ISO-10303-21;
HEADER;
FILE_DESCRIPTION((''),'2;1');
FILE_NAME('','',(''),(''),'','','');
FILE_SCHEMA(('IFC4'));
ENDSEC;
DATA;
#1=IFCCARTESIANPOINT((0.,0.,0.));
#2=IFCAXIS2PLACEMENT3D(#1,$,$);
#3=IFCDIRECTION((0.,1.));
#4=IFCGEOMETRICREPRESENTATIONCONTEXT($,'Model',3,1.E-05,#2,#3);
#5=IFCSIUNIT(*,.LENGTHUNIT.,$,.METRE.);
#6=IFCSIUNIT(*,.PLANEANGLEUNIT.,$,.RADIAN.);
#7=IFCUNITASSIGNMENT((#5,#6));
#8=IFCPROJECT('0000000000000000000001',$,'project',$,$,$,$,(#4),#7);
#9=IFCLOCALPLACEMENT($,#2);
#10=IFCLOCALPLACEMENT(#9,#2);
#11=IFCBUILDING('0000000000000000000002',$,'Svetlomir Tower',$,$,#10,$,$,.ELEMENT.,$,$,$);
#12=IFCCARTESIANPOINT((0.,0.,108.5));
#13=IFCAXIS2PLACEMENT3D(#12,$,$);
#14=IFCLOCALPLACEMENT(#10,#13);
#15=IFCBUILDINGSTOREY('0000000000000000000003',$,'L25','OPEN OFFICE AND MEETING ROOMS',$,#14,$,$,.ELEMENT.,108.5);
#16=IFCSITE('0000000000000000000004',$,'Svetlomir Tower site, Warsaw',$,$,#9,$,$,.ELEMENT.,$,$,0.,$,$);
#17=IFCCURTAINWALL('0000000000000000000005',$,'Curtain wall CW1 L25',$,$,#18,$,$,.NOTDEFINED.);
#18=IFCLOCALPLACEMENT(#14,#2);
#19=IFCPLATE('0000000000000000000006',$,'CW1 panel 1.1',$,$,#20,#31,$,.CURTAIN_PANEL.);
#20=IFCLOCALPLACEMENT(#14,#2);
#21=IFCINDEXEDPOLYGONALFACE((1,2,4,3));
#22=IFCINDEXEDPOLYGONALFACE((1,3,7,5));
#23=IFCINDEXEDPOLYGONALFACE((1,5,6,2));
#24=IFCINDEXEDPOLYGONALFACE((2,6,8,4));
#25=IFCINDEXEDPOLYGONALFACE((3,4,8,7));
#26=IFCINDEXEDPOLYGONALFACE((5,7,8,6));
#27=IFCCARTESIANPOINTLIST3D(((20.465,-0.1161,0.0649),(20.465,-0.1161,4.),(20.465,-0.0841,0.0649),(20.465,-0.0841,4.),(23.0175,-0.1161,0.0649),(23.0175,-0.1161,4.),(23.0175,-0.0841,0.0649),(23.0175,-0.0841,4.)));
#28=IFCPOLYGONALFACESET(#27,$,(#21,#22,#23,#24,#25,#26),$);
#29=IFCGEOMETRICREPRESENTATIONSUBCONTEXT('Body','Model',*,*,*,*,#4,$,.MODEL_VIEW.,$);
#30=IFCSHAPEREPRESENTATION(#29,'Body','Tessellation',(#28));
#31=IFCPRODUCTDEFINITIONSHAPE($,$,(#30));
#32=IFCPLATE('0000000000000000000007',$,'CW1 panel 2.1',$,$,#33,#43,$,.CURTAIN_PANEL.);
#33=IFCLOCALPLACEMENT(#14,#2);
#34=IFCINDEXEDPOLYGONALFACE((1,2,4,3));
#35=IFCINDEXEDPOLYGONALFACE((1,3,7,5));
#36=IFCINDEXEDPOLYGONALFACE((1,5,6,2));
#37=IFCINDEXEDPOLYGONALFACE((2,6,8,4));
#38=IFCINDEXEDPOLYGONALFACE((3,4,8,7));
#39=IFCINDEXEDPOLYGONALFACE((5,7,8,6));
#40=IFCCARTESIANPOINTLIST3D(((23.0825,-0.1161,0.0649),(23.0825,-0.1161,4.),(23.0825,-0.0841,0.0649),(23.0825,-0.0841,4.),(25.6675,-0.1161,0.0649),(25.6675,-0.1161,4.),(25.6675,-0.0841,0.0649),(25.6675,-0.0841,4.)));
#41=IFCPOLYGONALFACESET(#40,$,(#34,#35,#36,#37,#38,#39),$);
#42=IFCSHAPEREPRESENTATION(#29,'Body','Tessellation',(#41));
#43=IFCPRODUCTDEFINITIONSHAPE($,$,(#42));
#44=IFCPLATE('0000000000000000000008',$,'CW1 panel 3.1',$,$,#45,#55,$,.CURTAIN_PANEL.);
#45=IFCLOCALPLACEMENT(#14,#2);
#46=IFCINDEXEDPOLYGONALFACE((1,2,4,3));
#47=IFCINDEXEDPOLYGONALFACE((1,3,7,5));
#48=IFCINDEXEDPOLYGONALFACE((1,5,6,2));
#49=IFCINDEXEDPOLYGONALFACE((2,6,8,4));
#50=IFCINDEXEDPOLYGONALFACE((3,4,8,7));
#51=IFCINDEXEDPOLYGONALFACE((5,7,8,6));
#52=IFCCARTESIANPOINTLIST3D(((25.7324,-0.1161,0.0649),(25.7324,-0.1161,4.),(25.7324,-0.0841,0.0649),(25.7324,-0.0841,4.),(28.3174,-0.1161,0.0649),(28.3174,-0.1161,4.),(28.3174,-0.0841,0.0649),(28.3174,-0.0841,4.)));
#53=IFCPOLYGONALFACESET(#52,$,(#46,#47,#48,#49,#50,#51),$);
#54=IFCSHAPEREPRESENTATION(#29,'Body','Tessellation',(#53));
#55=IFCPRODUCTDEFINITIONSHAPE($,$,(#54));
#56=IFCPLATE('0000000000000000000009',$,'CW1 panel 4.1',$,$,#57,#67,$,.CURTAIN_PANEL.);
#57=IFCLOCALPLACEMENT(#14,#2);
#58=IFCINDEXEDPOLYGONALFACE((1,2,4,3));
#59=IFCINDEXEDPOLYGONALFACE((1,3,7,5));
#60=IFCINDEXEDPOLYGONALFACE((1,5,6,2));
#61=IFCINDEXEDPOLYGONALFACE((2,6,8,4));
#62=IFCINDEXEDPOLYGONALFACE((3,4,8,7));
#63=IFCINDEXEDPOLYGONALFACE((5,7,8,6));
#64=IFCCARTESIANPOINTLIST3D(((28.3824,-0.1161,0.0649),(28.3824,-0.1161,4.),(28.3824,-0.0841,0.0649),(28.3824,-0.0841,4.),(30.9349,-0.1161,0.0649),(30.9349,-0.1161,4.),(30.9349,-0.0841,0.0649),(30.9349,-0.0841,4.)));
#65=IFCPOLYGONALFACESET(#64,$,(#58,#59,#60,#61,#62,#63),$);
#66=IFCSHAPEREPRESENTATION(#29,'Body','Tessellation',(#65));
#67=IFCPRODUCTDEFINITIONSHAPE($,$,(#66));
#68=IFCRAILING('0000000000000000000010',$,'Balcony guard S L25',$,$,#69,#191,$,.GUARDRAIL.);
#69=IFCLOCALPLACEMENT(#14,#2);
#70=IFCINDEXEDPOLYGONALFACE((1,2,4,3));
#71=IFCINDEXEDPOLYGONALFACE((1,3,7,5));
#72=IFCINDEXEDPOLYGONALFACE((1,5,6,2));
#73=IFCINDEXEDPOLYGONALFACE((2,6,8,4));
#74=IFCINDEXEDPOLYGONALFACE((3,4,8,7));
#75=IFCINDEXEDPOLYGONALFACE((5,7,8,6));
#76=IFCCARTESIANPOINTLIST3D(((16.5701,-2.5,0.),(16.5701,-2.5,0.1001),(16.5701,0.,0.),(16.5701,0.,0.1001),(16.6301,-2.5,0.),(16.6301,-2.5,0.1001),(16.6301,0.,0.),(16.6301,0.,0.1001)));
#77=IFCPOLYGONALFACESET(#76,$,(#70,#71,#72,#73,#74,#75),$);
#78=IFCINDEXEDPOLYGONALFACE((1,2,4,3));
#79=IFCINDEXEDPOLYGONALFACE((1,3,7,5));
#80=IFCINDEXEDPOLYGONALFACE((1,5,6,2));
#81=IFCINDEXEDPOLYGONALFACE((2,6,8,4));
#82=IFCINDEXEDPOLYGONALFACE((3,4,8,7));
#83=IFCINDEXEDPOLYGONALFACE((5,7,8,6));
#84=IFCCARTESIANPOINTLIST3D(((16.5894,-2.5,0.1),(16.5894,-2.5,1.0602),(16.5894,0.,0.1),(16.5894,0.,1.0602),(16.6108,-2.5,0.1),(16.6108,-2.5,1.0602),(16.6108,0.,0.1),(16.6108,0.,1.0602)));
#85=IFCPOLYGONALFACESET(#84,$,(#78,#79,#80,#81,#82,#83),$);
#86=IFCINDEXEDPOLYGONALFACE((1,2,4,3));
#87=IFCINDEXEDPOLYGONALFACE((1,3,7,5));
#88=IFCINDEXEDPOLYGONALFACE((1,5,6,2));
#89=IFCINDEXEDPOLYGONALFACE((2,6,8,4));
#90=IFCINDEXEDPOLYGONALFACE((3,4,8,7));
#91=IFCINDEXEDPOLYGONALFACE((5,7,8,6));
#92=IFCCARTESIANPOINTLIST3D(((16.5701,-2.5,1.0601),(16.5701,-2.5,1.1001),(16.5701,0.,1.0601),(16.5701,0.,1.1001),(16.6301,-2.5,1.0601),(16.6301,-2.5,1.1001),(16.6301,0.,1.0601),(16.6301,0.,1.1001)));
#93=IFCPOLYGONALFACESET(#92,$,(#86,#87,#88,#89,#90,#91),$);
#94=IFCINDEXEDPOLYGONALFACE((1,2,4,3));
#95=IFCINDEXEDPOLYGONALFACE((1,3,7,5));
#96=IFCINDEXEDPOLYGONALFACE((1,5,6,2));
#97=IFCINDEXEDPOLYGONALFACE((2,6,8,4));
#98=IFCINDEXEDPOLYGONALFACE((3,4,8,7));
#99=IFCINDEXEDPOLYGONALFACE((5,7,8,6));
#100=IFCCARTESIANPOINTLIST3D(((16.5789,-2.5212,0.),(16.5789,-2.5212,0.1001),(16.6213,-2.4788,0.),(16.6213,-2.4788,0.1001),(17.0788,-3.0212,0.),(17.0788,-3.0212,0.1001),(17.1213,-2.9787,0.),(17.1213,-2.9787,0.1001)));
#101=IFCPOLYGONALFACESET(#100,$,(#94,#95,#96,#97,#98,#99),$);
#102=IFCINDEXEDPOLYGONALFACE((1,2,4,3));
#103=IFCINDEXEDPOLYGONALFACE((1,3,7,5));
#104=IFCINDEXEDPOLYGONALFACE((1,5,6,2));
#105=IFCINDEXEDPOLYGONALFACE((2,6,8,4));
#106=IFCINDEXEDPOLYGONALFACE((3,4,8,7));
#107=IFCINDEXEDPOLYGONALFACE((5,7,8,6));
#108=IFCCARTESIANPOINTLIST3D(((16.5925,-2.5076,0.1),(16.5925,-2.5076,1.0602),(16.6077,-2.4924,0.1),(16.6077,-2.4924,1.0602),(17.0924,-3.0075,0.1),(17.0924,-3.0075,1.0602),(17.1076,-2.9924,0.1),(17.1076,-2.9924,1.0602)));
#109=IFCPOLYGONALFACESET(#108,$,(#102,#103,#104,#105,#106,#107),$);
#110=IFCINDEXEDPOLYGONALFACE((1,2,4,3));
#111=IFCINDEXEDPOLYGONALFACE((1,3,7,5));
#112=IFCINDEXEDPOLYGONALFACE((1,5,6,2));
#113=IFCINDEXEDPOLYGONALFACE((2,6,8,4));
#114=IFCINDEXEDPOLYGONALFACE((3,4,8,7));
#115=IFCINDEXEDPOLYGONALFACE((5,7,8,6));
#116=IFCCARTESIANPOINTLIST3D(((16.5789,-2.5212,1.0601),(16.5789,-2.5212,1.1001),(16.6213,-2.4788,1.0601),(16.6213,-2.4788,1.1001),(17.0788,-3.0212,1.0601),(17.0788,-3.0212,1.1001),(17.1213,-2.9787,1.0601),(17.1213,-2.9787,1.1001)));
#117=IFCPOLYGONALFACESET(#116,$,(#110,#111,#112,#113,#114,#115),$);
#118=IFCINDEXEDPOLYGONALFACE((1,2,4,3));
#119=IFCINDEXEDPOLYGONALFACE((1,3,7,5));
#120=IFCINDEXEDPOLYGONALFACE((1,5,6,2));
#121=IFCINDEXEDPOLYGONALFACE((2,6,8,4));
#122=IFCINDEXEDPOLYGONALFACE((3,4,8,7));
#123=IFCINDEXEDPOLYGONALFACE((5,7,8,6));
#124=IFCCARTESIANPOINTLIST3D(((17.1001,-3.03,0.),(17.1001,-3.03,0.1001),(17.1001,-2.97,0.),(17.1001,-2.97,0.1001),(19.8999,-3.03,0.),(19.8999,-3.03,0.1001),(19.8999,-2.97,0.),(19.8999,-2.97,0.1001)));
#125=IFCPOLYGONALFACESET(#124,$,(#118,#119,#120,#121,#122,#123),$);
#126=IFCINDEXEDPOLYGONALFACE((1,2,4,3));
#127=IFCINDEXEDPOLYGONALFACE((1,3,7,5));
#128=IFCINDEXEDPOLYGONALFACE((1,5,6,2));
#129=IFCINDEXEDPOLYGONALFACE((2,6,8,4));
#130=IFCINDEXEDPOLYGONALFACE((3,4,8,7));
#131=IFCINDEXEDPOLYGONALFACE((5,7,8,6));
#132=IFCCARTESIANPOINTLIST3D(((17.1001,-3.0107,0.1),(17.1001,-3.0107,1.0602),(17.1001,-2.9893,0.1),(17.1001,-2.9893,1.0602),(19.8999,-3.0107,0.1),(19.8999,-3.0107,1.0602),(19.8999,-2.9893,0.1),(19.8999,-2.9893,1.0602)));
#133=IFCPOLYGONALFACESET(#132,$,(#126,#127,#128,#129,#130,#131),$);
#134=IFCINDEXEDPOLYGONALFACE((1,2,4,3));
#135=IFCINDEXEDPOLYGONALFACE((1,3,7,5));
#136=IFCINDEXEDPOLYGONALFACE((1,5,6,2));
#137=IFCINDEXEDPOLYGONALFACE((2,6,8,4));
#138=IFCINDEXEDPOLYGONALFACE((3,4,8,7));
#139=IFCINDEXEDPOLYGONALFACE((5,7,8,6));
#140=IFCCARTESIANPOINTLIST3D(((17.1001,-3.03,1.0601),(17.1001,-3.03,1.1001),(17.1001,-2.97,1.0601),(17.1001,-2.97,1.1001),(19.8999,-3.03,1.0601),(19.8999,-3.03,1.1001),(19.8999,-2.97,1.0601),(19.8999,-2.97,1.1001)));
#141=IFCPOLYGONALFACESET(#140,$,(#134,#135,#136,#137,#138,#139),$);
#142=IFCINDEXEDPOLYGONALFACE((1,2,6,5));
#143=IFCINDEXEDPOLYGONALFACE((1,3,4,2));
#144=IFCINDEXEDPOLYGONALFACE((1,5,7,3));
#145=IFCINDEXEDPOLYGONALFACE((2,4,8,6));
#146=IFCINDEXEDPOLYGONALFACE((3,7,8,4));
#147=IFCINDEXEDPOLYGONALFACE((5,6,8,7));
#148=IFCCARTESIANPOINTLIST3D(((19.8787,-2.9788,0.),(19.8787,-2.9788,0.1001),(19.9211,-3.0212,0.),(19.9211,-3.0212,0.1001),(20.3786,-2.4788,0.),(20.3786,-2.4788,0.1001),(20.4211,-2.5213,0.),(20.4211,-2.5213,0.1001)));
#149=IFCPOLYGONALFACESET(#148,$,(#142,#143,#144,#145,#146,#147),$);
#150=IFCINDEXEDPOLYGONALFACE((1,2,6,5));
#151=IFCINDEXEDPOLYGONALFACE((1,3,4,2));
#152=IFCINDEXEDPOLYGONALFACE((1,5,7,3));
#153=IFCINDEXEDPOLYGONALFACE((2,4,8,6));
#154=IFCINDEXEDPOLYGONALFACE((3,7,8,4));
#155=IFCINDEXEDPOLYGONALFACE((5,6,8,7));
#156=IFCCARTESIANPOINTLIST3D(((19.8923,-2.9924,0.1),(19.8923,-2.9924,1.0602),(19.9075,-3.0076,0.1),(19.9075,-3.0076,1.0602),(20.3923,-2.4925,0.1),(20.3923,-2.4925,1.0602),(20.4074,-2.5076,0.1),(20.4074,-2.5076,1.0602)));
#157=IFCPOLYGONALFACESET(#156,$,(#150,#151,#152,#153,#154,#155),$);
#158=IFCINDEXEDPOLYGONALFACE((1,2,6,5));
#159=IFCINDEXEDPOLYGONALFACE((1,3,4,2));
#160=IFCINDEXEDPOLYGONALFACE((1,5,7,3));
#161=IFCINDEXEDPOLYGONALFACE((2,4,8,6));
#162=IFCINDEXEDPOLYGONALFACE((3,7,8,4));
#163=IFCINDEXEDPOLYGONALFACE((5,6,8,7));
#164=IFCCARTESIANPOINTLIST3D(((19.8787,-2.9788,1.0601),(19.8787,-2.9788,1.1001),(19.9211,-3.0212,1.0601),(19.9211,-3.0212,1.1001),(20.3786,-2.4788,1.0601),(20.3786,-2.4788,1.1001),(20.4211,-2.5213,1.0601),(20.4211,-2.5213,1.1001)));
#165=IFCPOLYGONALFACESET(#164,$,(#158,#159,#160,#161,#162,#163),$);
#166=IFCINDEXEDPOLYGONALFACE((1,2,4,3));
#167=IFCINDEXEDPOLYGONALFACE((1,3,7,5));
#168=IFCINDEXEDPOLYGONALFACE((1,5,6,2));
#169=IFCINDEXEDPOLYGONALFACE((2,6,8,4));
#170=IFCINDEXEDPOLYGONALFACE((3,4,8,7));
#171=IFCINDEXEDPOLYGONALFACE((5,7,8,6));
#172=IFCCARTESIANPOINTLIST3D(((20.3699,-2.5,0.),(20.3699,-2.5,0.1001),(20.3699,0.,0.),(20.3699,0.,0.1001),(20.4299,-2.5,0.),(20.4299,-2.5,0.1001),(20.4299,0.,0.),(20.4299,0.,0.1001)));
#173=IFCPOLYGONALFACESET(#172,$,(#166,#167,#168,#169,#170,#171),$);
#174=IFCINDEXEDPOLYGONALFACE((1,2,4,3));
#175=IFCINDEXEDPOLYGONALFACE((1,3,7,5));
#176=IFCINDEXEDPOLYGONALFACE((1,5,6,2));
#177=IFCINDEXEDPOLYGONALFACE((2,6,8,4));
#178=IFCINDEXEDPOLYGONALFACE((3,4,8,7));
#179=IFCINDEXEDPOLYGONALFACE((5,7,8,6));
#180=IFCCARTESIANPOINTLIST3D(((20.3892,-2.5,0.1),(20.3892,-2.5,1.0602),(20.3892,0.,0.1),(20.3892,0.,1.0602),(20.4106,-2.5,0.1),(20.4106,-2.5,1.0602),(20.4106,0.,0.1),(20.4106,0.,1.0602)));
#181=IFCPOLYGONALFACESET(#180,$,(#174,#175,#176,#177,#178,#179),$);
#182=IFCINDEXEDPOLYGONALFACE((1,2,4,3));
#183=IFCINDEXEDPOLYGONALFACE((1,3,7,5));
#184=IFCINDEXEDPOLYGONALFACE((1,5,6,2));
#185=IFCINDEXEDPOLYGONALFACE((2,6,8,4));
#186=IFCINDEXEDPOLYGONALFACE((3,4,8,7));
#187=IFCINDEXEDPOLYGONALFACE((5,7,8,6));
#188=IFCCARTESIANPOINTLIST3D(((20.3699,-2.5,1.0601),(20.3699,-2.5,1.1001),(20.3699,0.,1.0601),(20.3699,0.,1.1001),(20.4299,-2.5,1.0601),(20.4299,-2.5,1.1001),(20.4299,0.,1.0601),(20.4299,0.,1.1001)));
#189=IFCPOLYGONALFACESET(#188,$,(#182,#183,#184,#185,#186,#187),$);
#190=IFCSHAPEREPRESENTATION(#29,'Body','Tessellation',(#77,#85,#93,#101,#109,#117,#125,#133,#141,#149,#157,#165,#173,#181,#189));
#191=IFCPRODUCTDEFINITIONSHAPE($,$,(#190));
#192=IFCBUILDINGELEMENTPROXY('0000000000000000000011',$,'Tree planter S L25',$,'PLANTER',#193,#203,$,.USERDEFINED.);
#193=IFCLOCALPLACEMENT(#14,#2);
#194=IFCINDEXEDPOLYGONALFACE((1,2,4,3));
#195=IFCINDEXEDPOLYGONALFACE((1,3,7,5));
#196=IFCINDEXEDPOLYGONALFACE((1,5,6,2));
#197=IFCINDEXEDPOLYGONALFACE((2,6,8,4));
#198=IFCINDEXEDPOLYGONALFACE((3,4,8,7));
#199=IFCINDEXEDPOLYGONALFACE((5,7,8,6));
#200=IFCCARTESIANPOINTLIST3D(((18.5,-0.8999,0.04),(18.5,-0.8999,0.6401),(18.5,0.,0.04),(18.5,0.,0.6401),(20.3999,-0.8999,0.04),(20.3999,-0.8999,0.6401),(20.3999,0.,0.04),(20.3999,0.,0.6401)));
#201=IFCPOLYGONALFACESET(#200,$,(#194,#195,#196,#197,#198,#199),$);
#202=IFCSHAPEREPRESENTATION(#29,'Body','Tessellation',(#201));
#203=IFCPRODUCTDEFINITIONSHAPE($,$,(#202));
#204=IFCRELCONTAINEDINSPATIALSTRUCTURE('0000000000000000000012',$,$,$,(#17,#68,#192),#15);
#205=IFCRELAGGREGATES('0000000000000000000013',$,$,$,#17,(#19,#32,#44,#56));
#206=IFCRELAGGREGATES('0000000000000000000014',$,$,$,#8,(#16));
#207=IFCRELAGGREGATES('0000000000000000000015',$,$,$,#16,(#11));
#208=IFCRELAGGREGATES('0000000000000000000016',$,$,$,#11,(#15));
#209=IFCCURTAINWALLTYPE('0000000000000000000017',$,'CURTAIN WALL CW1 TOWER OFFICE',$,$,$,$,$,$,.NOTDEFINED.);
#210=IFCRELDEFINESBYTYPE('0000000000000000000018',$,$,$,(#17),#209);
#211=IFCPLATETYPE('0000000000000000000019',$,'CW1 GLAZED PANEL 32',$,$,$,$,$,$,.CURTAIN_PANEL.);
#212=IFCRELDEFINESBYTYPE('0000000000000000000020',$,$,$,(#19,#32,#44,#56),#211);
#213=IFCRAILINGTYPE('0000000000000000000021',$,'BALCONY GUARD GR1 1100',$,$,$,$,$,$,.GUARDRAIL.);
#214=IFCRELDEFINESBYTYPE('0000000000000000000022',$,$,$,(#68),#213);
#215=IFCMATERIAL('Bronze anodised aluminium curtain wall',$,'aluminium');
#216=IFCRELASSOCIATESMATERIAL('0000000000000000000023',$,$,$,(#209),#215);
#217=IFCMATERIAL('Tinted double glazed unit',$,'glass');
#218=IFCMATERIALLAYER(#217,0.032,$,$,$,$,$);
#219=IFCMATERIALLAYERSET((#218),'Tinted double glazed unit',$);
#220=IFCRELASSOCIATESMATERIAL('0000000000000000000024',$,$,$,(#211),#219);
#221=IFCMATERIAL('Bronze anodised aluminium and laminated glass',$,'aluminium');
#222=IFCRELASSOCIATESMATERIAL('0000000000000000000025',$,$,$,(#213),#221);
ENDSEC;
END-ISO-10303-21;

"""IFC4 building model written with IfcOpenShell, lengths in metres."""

from ifc_helpers import new_model, si_unit, direction, frame, origin, origin_2d, place, context, subcontext, project, spatial, rectangle, extrude, material, layer, layer_set, type_object, element, aggregate, save


model = new_model("IFC4")

# Units and contexts
model_context = context("Model", 3, precision=1e-05, world=origin(), true_north=direction((0.0, 1.0)))
body_context = subcontext(model_context, "Body", "Model", "MODEL_VIEW")
ifc_project = project(units=[si_unit("LENGTHUNIT", "METRE"), si_unit("PLANEANGLEUNIT", "RADIAN")], contexts=[model_context])

# Site, building, storey
site_placement = place(None, origin())
site = spatial("IfcSite", under=ifc_project, at=site_placement, Name="Svetlomir Tower site, Warsaw", CompositionType="ELEMENT", RefElevation=0.0)
building_placement = place(site_placement, origin())
building = spatial("IfcBuilding", under=site, at=building_placement, Name="Svetlomir Tower", CompositionType="ELEMENT")
storey_placement = place(building_placement, frame((0.0, 0.0, 108.5)))
storey = spatial("IfcBuildingStorey", under=building, at=storey_placement, Name="L25", Description="OPEN OFFICE AND MEETING ROOMS", CompositionType="ELEMENT", Elevation=108.5)

# Curtain wall
ifc_material_1 = material(Name="Bronze anodised aluminium curtain wall", Category="aluminium")
curtain_wall_type = type_object("IfcCurtainWallType", Name="CURTAIN WALL CW1 TOWER OFFICE", PredefinedType="NOTDEFINED", material=ifc_material_1)
curtain_wall_1_placement = place(storey_placement, origin())
curtain_wall_1 = element("IfcCurtainWall", 1, at=curtain_wall_1_placement, inside=storey, type_object=curtain_wall_type, Name="Curtain wall CW1 L25", PredefinedType="NOTDEFINED")

# Plates
ifc_material_2 = material(Name="Tinted double glazed unit", Category="glass")
ifc_layer_1 = layer(ifc_material_2, 0.032)
ifc_layer_set_1 = layer_set([ifc_layer_1], Name="Tinted double glazed unit")
plate_type = type_object("IfcPlateType", Name="CW1 GLAZED PANEL 32", PredefinedType="CURTAIN_PANEL", material=ifc_layer_set_1)
plate_1_placement = place(storey_placement, frame((21.7412, -0.1001, 0.0649), z_axis=(0.0, 0.0, 1.0), x_axis=(1.0, 0.0, 0.0)))
plate_1 = element("IfcPlate", 2, at=plate_1_placement, type_object=plate_type, Name="CW1 panel 1.1", PredefinedType="CURTAIN_PANEL", context=body_context, shape_type="SweptSolid", body=[
    extrude(rectangle(XDim=2.5525, YDim=0.032, at=origin_2d()), origin(), (0.0, 0.0, 1.0), 3.9351),
])
plate_2_placement = place(storey_placement, frame((24.375, -0.1001, 0.0649), z_axis=(0.0, 0.0, 1.0), x_axis=(1.0, 0.0, 0.0)))
plate_2 = element("IfcPlate", 3, at=plate_2_placement, type_object=plate_type, Name="CW1 panel 2.1", PredefinedType="CURTAIN_PANEL", context=body_context, shape_type="SweptSolid", body=[
    extrude(rectangle(XDim=2.585, YDim=0.032, at=origin_2d()), origin(), (0.0, 0.0, 1.0), 3.9351),
])
plate_3_placement = place(storey_placement, frame((27.0249, -0.1001, 0.0649), z_axis=(0.0, 0.0, 1.0), x_axis=(1.0, 0.0, 0.0)))
plate_3 = element("IfcPlate", 4, at=plate_3_placement, type_object=plate_type, Name="CW1 panel 3.1", PredefinedType="CURTAIN_PANEL", context=body_context, shape_type="SweptSolid", body=[
    extrude(rectangle(XDim=2.585, YDim=0.032, at=origin_2d()), origin(), (0.0, 0.0, 1.0), 3.9351),
])
plate_4_placement = place(storey_placement, frame((29.6587, -0.1001, 0.0649), z_axis=(0.0, 0.0, 1.0), x_axis=(1.0, 0.0, 0.0)))
plate_4 = element("IfcPlate", 5, at=plate_4_placement, type_object=plate_type, Name="CW1 panel 4.1", PredefinedType="CURTAIN_PANEL", context=body_context, shape_type="SweptSolid", body=[
    extrude(rectangle(XDim=2.5525, YDim=0.032, at=origin_2d()), origin(), (0.0, 0.0, 1.0), 3.9351),
])
aggregate(curtain_wall_1, [plate_1, plate_2, plate_3, plate_4])

# Railing
ifc_material_3 = material(Name="Bronze anodised aluminium and laminated glass", Category="aluminium")
railing_type = type_object("IfcRailingType", Name="BALCONY GUARD GR1 1100", PredefinedType="GUARDRAIL", material=ifc_material_3)
railing_placement = place(storey_placement, frame((16.6001, 0.0, 0.0)))
element("IfcRailing", 6, at=railing_placement, inside=storey, type_object=railing_type, Name="Balcony guard S L25", PredefinedType="GUARDRAIL", context=body_context, shape_type="SweptSolid", body=[
    extrude(rectangle(XDim=0.0601, YDim=0.1001, at=origin_2d()), frame((0.0, 0.0, 0.05), z_axis=(0.0, -1.0, 0.0), x_axis=(1.0, 0.0, 0.0)), (0.0, 0.0, 1.0), 2.5),
    extrude(rectangle(XDim=0.0215, YDim=0.9602, at=origin_2d()), frame((0.0, 0.0, 0.5801), z_axis=(0.0, -1.0, 0.0), x_axis=(1.0, 0.0, 0.0)), (0.0, 0.0, 1.0), 2.5),
    extrude(rectangle(XDim=0.0601, YDim=0.04, at=origin_2d()), frame((0.0, 0.0, 1.0801), z_axis=(0.0, -1.0, 0.0), x_axis=(1.0, 0.0, 0.0)), (0.0, 0.0, 1.0), 2.5),
    extrude(rectangle(XDim=0.0601, YDim=0.1001, at=origin_2d()), frame((0.0, -2.5, 0.05), z_axis=(0.707107, -0.707107, 0.0), x_axis=(0.707107, 0.707107, 0.0)), (0.0, 0.0, 1.0), 0.707),
    extrude(rectangle(XDim=0.0215, YDim=0.9602, at=origin_2d()), frame((0.0, -2.5, 0.5801), z_axis=(0.707107, -0.707107, 0.0), x_axis=(0.707107, 0.707107, 0.0)), (0.0, 0.0, 1.0), 0.707),
    extrude(rectangle(XDim=0.0601, YDim=0.04, at=origin_2d()), frame((0.0, -2.5, 1.0801), z_axis=(0.707107, -0.707107, 0.0), x_axis=(0.707107, 0.707107, 0.0)), (0.0, 0.0, 1.0), 0.707),
    extrude(rectangle(XDim=0.0601, YDim=0.1001, at=origin_2d()), frame((0.5, -3.0, 0.05), z_axis=(1.0, 0.0, 0.0), x_axis=(0.0, 1.0, 0.0)), (0.0, 0.0, 1.0), 2.7998),
    extrude(rectangle(XDim=0.0215, YDim=0.9602, at=origin_2d()), frame((0.5, -3.0, 0.5801), z_axis=(1.0, 0.0, 0.0), x_axis=(0.0, 1.0, 0.0)), (0.0, 0.0, 1.0), 2.7998),
    extrude(rectangle(XDim=0.0601, YDim=0.04, at=origin_2d()), frame((0.5, -3.0, 1.0801), z_axis=(1.0, 0.0, 0.0), x_axis=(0.0, 1.0, 0.0)), (0.0, 0.0, 1.0), 2.7998),
    extrude(rectangle(XDim=0.0601, YDim=0.1001, at=origin_2d()), frame((3.2998, -3.0, 0.05), z_axis=(0.707107, 0.707107, 0.0), x_axis=(-0.707107, 0.707107, 0.0)), (0.0, 0.0, 1.0), 0.707),
    extrude(rectangle(XDim=0.0215, YDim=0.9602, at=origin_2d()), frame((3.2998, -3.0, 0.5801), z_axis=(0.707107, 0.707107, 0.0), x_axis=(-0.707107, 0.707107, 0.0)), (0.0, 0.0, 1.0), 0.707),
    extrude(rectangle(XDim=0.0601, YDim=0.04, at=origin_2d()), frame((3.2998, -3.0, 1.0801), z_axis=(0.707107, 0.707107, 0.0), x_axis=(-0.707107, 0.707107, 0.0)), (0.0, 0.0, 1.0), 0.707),
    extrude(rectangle(XDim=0.0601, YDim=0.1001, at=origin_2d()), frame((3.7998, -2.5, 0.05), z_axis=(0.0, 1.0, 0.0), x_axis=(-1.0, 0.0, 0.0)), (0.0, 0.0, 1.0), 2.5),
    extrude(rectangle(XDim=0.0215, YDim=0.9602, at=origin_2d()), frame((3.7998, -2.5, 0.5801), z_axis=(0.0, 1.0, 0.0), x_axis=(-1.0, 0.0, 0.0)), (0.0, 0.0, 1.0), 2.5),
    extrude(rectangle(XDim=0.0601, YDim=0.04, at=origin_2d()), frame((3.7998, -2.5, 1.0801), z_axis=(0.0, 1.0, 0.0), x_axis=(-1.0, 0.0, 0.0)), (0.0, 0.0, 1.0), 2.5),
])

# Building element proxy
proxy_placement = place(storey_placement, frame((19.45, -0.45, 0.04), z_axis=(0.0, 0.0, 1.0), x_axis=(1.0, 0.0, 0.0)))
element("IfcBuildingElementProxy", 7, at=proxy_placement, inside=storey, Name="Tree planter S L25", ObjectType="PLANTER", PredefinedType="USERDEFINED", context=body_context, shape_type="SweptSolid", body=[
    extrude(rectangle(XDim=1.8999, YDim=0.8999, at=origin_2d()), origin(), (0.0, 0.0, 1.0), 0.6001),
])

save(model, "model.ifc")
